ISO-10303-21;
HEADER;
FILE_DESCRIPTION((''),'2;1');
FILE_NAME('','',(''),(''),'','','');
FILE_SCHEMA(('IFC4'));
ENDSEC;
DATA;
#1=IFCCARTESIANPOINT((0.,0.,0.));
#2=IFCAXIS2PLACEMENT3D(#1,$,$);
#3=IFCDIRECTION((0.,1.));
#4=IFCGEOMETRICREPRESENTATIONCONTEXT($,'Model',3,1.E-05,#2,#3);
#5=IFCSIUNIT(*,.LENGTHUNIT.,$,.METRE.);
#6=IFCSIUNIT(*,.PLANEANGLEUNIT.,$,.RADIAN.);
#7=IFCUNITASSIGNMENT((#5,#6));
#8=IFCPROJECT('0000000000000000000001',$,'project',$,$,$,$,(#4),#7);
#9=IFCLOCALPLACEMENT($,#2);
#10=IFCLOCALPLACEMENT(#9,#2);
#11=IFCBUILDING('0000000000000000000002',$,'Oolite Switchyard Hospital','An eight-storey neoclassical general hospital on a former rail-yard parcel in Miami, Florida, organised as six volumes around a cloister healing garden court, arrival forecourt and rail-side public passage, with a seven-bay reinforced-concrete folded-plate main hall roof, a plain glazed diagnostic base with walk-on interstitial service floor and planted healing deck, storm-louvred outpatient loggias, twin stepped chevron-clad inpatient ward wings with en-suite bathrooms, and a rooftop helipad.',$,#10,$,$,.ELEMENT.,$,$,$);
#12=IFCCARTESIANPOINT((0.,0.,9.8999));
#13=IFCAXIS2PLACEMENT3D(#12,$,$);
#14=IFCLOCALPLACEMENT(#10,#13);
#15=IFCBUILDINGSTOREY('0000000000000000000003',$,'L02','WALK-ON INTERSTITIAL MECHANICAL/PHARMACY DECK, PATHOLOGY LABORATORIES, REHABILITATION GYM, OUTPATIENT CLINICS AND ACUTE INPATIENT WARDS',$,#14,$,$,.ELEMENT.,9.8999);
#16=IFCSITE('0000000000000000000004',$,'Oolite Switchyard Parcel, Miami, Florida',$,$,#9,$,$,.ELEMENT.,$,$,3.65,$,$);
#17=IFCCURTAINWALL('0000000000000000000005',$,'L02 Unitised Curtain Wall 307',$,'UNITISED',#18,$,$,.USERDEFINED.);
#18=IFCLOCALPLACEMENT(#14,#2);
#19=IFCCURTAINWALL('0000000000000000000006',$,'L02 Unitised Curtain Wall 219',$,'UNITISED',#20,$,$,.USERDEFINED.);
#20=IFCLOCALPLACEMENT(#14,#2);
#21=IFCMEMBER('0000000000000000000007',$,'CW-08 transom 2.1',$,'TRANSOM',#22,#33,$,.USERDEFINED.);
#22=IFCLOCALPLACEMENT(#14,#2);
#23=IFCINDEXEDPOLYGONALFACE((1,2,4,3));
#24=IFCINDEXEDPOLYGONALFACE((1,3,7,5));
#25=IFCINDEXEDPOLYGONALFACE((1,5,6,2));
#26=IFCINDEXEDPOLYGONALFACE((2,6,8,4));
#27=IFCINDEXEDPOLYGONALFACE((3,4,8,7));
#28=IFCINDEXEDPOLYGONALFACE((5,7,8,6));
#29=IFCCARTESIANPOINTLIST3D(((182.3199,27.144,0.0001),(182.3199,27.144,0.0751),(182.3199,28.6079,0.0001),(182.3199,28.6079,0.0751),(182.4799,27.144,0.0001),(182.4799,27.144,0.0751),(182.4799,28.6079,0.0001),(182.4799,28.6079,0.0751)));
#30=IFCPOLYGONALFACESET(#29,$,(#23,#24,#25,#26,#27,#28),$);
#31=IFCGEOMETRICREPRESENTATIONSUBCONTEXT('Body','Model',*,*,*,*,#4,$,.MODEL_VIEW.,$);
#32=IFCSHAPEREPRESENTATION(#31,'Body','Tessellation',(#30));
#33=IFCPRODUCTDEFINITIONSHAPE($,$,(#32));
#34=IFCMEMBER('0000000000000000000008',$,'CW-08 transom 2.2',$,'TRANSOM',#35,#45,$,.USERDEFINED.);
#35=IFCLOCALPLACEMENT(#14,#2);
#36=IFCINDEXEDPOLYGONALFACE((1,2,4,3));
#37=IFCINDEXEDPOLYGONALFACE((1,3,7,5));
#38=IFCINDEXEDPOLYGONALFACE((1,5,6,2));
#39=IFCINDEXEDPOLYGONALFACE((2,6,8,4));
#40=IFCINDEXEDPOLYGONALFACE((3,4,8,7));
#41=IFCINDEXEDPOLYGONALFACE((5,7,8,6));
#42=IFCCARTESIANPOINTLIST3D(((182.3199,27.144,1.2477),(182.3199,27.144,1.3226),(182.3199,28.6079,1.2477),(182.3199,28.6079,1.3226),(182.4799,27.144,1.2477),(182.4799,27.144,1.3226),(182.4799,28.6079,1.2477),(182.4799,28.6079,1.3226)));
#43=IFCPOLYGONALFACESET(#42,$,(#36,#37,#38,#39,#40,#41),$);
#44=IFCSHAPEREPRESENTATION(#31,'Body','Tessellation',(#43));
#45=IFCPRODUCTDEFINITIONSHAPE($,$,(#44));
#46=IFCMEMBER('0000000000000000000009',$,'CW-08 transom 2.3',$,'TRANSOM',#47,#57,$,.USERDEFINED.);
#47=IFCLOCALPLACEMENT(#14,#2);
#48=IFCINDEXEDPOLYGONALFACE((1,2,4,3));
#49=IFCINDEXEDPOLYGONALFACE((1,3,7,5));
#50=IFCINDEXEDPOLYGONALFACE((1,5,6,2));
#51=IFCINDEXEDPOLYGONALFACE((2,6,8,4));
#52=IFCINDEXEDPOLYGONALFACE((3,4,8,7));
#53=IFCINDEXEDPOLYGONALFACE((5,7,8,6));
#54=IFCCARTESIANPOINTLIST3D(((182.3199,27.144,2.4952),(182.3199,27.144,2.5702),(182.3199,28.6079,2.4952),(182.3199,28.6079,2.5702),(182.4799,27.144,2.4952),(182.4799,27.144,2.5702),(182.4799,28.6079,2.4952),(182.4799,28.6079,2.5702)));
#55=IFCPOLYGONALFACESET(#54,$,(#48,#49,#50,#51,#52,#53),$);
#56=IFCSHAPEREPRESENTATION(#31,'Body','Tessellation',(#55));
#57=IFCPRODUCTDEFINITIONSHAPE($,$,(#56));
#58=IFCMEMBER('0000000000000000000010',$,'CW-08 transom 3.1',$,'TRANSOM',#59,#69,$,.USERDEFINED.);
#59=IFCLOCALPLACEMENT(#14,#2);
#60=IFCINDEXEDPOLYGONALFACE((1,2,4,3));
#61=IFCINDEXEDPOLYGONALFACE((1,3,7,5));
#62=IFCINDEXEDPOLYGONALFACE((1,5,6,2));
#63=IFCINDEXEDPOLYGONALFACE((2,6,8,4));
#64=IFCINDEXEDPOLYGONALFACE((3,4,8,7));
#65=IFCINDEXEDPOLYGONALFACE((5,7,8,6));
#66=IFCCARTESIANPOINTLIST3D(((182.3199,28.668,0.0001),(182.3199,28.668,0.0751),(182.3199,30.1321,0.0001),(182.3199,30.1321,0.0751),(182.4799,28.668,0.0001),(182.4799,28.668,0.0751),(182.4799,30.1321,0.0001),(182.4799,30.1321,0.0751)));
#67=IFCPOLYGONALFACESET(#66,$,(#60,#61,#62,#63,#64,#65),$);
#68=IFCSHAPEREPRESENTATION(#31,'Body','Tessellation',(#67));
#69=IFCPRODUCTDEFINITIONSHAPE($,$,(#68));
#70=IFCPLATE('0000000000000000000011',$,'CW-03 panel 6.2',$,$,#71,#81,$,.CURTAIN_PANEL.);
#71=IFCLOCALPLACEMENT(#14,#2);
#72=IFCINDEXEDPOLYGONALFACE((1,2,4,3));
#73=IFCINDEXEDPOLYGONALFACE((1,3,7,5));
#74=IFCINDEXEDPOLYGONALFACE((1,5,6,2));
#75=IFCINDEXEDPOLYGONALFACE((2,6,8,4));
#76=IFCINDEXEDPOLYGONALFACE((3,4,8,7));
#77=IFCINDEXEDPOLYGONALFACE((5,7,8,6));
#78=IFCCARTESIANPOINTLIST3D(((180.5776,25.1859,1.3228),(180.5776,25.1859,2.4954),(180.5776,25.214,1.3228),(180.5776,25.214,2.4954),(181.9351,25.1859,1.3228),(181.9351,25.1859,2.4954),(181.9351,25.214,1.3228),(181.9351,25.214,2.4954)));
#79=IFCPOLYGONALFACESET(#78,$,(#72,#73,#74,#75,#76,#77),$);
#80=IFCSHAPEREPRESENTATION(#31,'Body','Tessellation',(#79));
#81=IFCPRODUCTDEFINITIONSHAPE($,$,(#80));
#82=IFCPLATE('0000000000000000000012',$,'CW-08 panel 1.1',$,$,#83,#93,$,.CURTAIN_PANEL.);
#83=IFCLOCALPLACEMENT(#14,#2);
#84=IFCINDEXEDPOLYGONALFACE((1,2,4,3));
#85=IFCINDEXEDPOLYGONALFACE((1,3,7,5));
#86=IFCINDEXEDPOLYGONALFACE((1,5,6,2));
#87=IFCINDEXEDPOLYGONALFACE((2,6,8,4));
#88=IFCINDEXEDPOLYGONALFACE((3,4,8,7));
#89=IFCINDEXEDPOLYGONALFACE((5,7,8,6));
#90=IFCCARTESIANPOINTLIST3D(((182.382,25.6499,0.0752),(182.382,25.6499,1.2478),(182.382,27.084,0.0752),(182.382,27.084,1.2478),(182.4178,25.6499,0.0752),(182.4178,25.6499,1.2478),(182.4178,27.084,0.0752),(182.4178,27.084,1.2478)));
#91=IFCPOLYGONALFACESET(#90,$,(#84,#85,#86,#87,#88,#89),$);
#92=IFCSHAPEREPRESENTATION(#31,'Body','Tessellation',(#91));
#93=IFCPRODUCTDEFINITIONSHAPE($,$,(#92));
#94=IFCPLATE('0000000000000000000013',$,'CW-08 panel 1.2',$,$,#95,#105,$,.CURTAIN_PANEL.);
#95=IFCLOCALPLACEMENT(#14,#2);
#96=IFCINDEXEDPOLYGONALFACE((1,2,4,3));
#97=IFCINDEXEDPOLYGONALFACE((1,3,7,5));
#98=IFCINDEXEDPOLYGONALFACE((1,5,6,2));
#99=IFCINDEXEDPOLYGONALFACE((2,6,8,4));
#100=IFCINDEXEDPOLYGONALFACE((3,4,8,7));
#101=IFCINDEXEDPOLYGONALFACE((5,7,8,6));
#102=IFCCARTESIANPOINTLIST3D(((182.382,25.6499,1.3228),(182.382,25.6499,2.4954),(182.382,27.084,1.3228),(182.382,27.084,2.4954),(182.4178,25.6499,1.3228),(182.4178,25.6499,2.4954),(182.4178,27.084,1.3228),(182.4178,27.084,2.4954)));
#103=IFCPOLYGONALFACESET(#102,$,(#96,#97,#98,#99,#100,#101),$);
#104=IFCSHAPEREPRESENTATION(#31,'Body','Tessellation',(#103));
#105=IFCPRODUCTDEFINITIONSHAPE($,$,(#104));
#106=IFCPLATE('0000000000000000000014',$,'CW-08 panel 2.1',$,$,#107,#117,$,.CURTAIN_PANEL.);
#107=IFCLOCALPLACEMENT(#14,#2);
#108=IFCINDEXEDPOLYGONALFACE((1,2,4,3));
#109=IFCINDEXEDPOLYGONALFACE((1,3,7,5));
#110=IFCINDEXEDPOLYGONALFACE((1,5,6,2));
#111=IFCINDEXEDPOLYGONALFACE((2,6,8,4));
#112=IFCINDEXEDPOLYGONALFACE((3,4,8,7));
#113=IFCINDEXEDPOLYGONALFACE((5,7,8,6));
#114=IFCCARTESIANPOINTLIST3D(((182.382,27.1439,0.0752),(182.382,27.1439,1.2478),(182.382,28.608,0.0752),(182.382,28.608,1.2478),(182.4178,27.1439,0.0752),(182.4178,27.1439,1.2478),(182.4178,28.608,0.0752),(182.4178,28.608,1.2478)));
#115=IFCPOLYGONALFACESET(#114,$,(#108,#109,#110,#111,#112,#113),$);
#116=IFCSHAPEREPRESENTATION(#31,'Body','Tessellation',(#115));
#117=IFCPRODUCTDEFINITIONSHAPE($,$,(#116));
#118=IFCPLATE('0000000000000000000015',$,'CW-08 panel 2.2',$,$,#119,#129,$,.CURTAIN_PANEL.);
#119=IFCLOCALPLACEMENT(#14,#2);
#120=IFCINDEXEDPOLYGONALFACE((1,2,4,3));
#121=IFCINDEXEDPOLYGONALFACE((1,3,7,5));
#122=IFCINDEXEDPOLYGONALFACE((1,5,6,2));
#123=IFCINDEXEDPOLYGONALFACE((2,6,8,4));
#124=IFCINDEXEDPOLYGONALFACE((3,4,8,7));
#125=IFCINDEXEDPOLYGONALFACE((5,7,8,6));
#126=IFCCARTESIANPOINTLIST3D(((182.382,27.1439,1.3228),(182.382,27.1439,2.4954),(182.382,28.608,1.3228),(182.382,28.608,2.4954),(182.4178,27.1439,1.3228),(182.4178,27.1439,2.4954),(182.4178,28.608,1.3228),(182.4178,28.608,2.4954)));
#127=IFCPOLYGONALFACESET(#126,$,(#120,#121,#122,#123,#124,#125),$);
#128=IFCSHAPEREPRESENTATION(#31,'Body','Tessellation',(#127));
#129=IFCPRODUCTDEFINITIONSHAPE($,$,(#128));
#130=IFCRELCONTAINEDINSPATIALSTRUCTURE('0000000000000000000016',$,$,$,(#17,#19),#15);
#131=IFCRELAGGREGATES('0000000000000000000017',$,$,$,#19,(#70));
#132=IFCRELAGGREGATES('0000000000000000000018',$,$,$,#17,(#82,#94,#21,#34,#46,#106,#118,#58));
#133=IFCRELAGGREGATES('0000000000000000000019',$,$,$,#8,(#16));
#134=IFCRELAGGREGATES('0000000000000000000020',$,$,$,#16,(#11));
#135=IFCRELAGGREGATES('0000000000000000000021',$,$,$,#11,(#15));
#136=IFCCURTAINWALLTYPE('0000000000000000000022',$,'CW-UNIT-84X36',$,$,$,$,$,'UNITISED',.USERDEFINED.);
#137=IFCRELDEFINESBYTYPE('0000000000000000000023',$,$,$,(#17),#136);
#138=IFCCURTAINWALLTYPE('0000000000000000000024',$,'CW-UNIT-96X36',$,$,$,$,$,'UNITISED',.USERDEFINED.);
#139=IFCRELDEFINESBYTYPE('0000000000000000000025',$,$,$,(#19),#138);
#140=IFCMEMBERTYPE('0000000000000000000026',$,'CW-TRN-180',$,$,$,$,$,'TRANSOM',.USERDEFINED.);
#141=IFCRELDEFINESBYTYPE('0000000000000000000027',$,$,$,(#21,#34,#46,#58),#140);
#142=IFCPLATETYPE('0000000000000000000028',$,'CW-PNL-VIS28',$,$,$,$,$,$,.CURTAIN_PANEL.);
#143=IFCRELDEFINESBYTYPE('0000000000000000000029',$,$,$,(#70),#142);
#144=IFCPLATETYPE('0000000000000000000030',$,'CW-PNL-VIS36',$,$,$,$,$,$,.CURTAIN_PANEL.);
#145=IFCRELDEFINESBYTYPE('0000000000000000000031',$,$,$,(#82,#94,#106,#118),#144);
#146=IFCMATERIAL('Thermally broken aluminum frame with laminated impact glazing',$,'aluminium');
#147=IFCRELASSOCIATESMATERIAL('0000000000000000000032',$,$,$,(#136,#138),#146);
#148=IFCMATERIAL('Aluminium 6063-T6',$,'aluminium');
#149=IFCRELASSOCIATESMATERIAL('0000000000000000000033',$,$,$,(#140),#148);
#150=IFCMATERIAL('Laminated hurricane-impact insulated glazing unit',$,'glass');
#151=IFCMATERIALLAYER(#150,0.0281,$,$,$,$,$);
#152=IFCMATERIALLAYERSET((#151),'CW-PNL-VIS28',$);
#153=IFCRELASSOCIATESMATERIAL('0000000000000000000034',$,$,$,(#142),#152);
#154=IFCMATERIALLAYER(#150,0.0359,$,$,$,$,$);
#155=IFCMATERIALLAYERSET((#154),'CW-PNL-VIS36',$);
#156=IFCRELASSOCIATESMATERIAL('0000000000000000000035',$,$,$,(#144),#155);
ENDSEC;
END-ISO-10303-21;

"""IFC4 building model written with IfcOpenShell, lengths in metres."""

from ifc_helpers import new_model, si_unit, direction, frame, origin, origin_2d, place, context, subcontext, project, spatial, rectangle, extrude, material, layer, layer_set, material_profile, profile_set, type_object, element, aggregate, save


model = new_model("IFC4")

# Units and contexts
model_context = context("Model", 3, precision=1e-05, world=origin(), true_north=direction((0.0, 1.0)))
body_context = subcontext(model_context, "Body", "Model", "MODEL_VIEW")
ifc_project = project(units=[si_unit("LENGTHUNIT", "METRE"), si_unit("PLANEANGLEUNIT", "RADIAN")], contexts=[model_context])

# Site, building, storey
site_placement = place(None, origin())
site = spatial("IfcSite", under=ifc_project, at=site_placement, Name="Oolite Switchyard Parcel, Miami, Florida", CompositionType="ELEMENT", RefElevation=3.65)
building_placement = place(site_placement, origin())
building = spatial("IfcBuilding", under=site, at=building_placement, Name="Oolite Switchyard Hospital", Description="An eight-storey neoclassical general hospital on a former rail-yard parcel in Miami, Florida, organised as six volumes around a cloister healing garden court, arrival forecourt and rail-side public passage, with a seven-bay reinforced-concrete folded-plate main hall roof, a plain glazed diagnostic base with walk-on interstitial service floor and planted healing deck, storm-louvred outpatient loggias, twin stepped chevron-clad inpatient ward wings with en-suite bathrooms, and a rooftop helipad.", CompositionType="ELEMENT")
storey_placement = place(building_placement, frame((0.0, 0.0, 9.8999)))
storey = spatial("IfcBuildingStorey", under=building, at=storey_placement, Name="L02", Description="WALK-ON INTERSTITIAL MECHANICAL/PHARMACY DECK, PATHOLOGY LABORATORIES, REHABILITATION GYM, OUTPATIENT CLINICS AND ACUTE INPATIENT WARDS", CompositionType="ELEMENT", Elevation=9.8999)

# Curtain wall
ifc_material_1 = material(Name="Thermally broken aluminum frame with laminated impact glazing", Category="aluminium")
curtain_wall_type_1 = type_object("IfcCurtainWallType", Name="CW-UNIT-84X36", ElementType="UNITISED", PredefinedType="USERDEFINED", material=ifc_material_1)
curtain_wall_1_placement = place(storey_placement, origin())
curtain_wall_1 = element("IfcCurtainWall", 1, at=curtain_wall_1_placement, inside=storey, type_object=curtain_wall_type_1, Name="L02 Unitised Curtain Wall 307", ObjectType="UNITISED", PredefinedType="USERDEFINED")
ifc_material_2 = material(Name="Aluminium 6063-T6", Category="aluminium")

# Curtain wall
curtain_wall_type_2 = type_object("IfcCurtainWallType", Name="CW-UNIT-96X36", ElementType="UNITISED", PredefinedType="USERDEFINED", material=ifc_material_1)
curtain_wall_2_placement = place(storey_placement, origin())
curtain_wall_2 = element("IfcCurtainWall", 2, at=curtain_wall_2_placement, inside=storey, type_object=curtain_wall_type_2, Name="L02 Unitised Curtain Wall 219", ObjectType="UNITISED", PredefinedType="USERDEFINED")

# Members
ifc_material_profile_1 = material_profile(ifc_material_2, rectangle(XDim=0.1599, YDim=0.075, at=origin_2d()), Name="CWT75X160")
ifc_profile_set_1 = profile_set([ifc_material_profile_1], Name="Aluminium 6063-T6")
member_type_1 = type_object("IfcMemberType", Name="CW-TRN-180", ElementType="TRANSOM", PredefinedType="USERDEFINED", material=ifc_profile_set_1)
member_1_placement = place(storey_placement, frame((182.3999, 27.144, 0.0376), z_axis=(0.0, 1.0, 0.0), x_axis=(-1.0, 0.0, 0.0)))
member_1 = element("IfcMember", 3, at=member_1_placement, type_object=member_type_1, Name="CW-08 transom 2.1", ObjectType="TRANSOM", PredefinedType="USERDEFINED", context=body_context, shape_type="SweptSolid", body=[
    extrude(rectangle(XDim=0.1599, YDim=0.075, at=origin_2d()), origin(), (0.0, 0.0, 1.0), 1.4639),
])
member_2_placement = place(storey_placement, frame((182.3999, 27.144, 1.2852), z_axis=(0.0, 1.0, 0.0), x_axis=(-1.0, 0.0, 0.0)))
member_2 = element("IfcMember", 4, at=member_2_placement, type_object=member_type_1, Name="CW-08 transom 2.2", ObjectType="TRANSOM", PredefinedType="USERDEFINED", context=body_context, shape_type="SweptSolid", body=[
    extrude(rectangle(XDim=0.1599, YDim=0.075, at=origin_2d()), origin(), (0.0, 0.0, 1.0), 1.4639),
])
member_3_placement = place(storey_placement, frame((182.3999, 27.144, 2.5327), z_axis=(0.0, 1.0, 0.0), x_axis=(-1.0, 0.0, 0.0)))
member_3 = element("IfcMember", 5, at=member_3_placement, type_object=member_type_1, Name="CW-08 transom 2.3", ObjectType="TRANSOM", PredefinedType="USERDEFINED", context=body_context, shape_type="SweptSolid", body=[
    extrude(rectangle(XDim=0.1599, YDim=0.075, at=origin_2d()), origin(), (0.0, 0.0, 1.0), 1.4639),
])
member_4_placement = place(storey_placement, frame((182.3999, 28.668, 0.0376), z_axis=(0.0, 1.0, 0.0), x_axis=(-1.0, 0.0, 0.0)))
member_4 = element("IfcMember", 6, at=member_4_placement, type_object=member_type_1, Name="CW-08 transom 3.1", ObjectType="TRANSOM", PredefinedType="USERDEFINED", context=body_context, shape_type="SweptSolid", body=[
    extrude(rectangle(XDim=0.1599, YDim=0.075, at=origin_2d()), origin(), (0.0, 0.0, 1.0), 1.4641),
])

# Plates
ifc_material_3 = material(Name="Laminated hurricane-impact insulated glazing unit", Category="glass")
ifc_layer_1 = layer(ifc_material_3, 0.0281)
ifc_layer_set_1 = layer_set([ifc_layer_1], Name="CW-PNL-VIS28")
plate_type_1 = type_object("IfcPlateType", Name="CW-PNL-VIS28", PredefinedType="CURTAIN_PANEL", material=ifc_layer_set_1)
plate_1_placement = place(storey_placement, frame((181.2563, 25.2, 1.3228), z_axis=(0.0, 0.0, 1.0), x_axis=(1.0, 0.0, 0.0)))
plate_1 = element("IfcPlate", 7, at=plate_1_placement, type_object=plate_type_1, Name="CW-03 panel 6.2", PredefinedType="CURTAIN_PANEL", context=body_context, shape_type="SweptSolid", body=[
    extrude(rectangle(XDim=1.3574, YDim=0.0281, at=origin_2d()), origin(), (0.0, 0.0, 1.0), 1.1726),
])
aggregate(curtain_wall_2, [plate_1])
ifc_layer_2 = layer(ifc_material_3, 0.0359)
ifc_layer_set_2 = layer_set([ifc_layer_2], Name="CW-PNL-VIS36")
plate_type_2 = type_object("IfcPlateType", Name="CW-PNL-VIS36", PredefinedType="CURTAIN_PANEL", material=ifc_layer_set_2)
plate_2_placement = place(storey_placement, frame((182.3999, 26.3669, 0.0752), z_axis=(0.0, 0.0, 1.0), x_axis=(0.0, 1.0, 0.0)))
plate_2 = element("IfcPlate", 8, at=plate_2_placement, type_object=plate_type_2, Name="CW-08 panel 1.1", PredefinedType="CURTAIN_PANEL", context=body_context, shape_type="SweptSolid", body=[
    extrude(rectangle(XDim=1.4341, YDim=0.0359, at=origin_2d()), origin(), (0.0, 0.0, 1.0), 1.1726),
])
plate_3_placement = place(storey_placement, frame((182.3999, 26.3669, 1.3228), z_axis=(0.0, 0.0, 1.0), x_axis=(0.0, 1.0, 0.0)))
plate_3 = element("IfcPlate", 9, at=plate_3_placement, type_object=plate_type_2, Name="CW-08 panel 1.2", PredefinedType="CURTAIN_PANEL", context=body_context, shape_type="SweptSolid", body=[
    extrude(rectangle(XDim=1.4341, YDim=0.0359, at=origin_2d()), origin(), (0.0, 0.0, 1.0), 1.1726),
])
plate_4_placement = place(storey_placement, frame((182.3999, 27.876, 0.0752), z_axis=(0.0, 0.0, 1.0), x_axis=(0.0, 1.0, 0.0)))
plate_4 = element("IfcPlate", 10, at=plate_4_placement, type_object=plate_type_2, Name="CW-08 panel 2.1", PredefinedType="CURTAIN_PANEL", context=body_context, shape_type="SweptSolid", body=[
    extrude(rectangle(XDim=1.4641, YDim=0.0359, at=origin_2d()), origin(), (0.0, 0.0, 1.0), 1.1726),
])
plate_5_placement = place(storey_placement, frame((182.3999, 27.876, 1.3228), z_axis=(0.0, 0.0, 1.0), x_axis=(0.0, 1.0, 0.0)))
plate_5 = element("IfcPlate", 11, at=plate_5_placement, type_object=plate_type_2, Name="CW-08 panel 2.2", PredefinedType="CURTAIN_PANEL", context=body_context, shape_type="SweptSolid", body=[
    extrude(rectangle(XDim=1.4641, YDim=0.0359, at=origin_2d()), origin(), (0.0, 0.0, 1.0), 1.1726),
])
aggregate(curtain_wall_1, [plate_2, plate_3, member_1, member_2, member_3, plate_4, plate_5, member_4])

save(model, "model.ifc")
